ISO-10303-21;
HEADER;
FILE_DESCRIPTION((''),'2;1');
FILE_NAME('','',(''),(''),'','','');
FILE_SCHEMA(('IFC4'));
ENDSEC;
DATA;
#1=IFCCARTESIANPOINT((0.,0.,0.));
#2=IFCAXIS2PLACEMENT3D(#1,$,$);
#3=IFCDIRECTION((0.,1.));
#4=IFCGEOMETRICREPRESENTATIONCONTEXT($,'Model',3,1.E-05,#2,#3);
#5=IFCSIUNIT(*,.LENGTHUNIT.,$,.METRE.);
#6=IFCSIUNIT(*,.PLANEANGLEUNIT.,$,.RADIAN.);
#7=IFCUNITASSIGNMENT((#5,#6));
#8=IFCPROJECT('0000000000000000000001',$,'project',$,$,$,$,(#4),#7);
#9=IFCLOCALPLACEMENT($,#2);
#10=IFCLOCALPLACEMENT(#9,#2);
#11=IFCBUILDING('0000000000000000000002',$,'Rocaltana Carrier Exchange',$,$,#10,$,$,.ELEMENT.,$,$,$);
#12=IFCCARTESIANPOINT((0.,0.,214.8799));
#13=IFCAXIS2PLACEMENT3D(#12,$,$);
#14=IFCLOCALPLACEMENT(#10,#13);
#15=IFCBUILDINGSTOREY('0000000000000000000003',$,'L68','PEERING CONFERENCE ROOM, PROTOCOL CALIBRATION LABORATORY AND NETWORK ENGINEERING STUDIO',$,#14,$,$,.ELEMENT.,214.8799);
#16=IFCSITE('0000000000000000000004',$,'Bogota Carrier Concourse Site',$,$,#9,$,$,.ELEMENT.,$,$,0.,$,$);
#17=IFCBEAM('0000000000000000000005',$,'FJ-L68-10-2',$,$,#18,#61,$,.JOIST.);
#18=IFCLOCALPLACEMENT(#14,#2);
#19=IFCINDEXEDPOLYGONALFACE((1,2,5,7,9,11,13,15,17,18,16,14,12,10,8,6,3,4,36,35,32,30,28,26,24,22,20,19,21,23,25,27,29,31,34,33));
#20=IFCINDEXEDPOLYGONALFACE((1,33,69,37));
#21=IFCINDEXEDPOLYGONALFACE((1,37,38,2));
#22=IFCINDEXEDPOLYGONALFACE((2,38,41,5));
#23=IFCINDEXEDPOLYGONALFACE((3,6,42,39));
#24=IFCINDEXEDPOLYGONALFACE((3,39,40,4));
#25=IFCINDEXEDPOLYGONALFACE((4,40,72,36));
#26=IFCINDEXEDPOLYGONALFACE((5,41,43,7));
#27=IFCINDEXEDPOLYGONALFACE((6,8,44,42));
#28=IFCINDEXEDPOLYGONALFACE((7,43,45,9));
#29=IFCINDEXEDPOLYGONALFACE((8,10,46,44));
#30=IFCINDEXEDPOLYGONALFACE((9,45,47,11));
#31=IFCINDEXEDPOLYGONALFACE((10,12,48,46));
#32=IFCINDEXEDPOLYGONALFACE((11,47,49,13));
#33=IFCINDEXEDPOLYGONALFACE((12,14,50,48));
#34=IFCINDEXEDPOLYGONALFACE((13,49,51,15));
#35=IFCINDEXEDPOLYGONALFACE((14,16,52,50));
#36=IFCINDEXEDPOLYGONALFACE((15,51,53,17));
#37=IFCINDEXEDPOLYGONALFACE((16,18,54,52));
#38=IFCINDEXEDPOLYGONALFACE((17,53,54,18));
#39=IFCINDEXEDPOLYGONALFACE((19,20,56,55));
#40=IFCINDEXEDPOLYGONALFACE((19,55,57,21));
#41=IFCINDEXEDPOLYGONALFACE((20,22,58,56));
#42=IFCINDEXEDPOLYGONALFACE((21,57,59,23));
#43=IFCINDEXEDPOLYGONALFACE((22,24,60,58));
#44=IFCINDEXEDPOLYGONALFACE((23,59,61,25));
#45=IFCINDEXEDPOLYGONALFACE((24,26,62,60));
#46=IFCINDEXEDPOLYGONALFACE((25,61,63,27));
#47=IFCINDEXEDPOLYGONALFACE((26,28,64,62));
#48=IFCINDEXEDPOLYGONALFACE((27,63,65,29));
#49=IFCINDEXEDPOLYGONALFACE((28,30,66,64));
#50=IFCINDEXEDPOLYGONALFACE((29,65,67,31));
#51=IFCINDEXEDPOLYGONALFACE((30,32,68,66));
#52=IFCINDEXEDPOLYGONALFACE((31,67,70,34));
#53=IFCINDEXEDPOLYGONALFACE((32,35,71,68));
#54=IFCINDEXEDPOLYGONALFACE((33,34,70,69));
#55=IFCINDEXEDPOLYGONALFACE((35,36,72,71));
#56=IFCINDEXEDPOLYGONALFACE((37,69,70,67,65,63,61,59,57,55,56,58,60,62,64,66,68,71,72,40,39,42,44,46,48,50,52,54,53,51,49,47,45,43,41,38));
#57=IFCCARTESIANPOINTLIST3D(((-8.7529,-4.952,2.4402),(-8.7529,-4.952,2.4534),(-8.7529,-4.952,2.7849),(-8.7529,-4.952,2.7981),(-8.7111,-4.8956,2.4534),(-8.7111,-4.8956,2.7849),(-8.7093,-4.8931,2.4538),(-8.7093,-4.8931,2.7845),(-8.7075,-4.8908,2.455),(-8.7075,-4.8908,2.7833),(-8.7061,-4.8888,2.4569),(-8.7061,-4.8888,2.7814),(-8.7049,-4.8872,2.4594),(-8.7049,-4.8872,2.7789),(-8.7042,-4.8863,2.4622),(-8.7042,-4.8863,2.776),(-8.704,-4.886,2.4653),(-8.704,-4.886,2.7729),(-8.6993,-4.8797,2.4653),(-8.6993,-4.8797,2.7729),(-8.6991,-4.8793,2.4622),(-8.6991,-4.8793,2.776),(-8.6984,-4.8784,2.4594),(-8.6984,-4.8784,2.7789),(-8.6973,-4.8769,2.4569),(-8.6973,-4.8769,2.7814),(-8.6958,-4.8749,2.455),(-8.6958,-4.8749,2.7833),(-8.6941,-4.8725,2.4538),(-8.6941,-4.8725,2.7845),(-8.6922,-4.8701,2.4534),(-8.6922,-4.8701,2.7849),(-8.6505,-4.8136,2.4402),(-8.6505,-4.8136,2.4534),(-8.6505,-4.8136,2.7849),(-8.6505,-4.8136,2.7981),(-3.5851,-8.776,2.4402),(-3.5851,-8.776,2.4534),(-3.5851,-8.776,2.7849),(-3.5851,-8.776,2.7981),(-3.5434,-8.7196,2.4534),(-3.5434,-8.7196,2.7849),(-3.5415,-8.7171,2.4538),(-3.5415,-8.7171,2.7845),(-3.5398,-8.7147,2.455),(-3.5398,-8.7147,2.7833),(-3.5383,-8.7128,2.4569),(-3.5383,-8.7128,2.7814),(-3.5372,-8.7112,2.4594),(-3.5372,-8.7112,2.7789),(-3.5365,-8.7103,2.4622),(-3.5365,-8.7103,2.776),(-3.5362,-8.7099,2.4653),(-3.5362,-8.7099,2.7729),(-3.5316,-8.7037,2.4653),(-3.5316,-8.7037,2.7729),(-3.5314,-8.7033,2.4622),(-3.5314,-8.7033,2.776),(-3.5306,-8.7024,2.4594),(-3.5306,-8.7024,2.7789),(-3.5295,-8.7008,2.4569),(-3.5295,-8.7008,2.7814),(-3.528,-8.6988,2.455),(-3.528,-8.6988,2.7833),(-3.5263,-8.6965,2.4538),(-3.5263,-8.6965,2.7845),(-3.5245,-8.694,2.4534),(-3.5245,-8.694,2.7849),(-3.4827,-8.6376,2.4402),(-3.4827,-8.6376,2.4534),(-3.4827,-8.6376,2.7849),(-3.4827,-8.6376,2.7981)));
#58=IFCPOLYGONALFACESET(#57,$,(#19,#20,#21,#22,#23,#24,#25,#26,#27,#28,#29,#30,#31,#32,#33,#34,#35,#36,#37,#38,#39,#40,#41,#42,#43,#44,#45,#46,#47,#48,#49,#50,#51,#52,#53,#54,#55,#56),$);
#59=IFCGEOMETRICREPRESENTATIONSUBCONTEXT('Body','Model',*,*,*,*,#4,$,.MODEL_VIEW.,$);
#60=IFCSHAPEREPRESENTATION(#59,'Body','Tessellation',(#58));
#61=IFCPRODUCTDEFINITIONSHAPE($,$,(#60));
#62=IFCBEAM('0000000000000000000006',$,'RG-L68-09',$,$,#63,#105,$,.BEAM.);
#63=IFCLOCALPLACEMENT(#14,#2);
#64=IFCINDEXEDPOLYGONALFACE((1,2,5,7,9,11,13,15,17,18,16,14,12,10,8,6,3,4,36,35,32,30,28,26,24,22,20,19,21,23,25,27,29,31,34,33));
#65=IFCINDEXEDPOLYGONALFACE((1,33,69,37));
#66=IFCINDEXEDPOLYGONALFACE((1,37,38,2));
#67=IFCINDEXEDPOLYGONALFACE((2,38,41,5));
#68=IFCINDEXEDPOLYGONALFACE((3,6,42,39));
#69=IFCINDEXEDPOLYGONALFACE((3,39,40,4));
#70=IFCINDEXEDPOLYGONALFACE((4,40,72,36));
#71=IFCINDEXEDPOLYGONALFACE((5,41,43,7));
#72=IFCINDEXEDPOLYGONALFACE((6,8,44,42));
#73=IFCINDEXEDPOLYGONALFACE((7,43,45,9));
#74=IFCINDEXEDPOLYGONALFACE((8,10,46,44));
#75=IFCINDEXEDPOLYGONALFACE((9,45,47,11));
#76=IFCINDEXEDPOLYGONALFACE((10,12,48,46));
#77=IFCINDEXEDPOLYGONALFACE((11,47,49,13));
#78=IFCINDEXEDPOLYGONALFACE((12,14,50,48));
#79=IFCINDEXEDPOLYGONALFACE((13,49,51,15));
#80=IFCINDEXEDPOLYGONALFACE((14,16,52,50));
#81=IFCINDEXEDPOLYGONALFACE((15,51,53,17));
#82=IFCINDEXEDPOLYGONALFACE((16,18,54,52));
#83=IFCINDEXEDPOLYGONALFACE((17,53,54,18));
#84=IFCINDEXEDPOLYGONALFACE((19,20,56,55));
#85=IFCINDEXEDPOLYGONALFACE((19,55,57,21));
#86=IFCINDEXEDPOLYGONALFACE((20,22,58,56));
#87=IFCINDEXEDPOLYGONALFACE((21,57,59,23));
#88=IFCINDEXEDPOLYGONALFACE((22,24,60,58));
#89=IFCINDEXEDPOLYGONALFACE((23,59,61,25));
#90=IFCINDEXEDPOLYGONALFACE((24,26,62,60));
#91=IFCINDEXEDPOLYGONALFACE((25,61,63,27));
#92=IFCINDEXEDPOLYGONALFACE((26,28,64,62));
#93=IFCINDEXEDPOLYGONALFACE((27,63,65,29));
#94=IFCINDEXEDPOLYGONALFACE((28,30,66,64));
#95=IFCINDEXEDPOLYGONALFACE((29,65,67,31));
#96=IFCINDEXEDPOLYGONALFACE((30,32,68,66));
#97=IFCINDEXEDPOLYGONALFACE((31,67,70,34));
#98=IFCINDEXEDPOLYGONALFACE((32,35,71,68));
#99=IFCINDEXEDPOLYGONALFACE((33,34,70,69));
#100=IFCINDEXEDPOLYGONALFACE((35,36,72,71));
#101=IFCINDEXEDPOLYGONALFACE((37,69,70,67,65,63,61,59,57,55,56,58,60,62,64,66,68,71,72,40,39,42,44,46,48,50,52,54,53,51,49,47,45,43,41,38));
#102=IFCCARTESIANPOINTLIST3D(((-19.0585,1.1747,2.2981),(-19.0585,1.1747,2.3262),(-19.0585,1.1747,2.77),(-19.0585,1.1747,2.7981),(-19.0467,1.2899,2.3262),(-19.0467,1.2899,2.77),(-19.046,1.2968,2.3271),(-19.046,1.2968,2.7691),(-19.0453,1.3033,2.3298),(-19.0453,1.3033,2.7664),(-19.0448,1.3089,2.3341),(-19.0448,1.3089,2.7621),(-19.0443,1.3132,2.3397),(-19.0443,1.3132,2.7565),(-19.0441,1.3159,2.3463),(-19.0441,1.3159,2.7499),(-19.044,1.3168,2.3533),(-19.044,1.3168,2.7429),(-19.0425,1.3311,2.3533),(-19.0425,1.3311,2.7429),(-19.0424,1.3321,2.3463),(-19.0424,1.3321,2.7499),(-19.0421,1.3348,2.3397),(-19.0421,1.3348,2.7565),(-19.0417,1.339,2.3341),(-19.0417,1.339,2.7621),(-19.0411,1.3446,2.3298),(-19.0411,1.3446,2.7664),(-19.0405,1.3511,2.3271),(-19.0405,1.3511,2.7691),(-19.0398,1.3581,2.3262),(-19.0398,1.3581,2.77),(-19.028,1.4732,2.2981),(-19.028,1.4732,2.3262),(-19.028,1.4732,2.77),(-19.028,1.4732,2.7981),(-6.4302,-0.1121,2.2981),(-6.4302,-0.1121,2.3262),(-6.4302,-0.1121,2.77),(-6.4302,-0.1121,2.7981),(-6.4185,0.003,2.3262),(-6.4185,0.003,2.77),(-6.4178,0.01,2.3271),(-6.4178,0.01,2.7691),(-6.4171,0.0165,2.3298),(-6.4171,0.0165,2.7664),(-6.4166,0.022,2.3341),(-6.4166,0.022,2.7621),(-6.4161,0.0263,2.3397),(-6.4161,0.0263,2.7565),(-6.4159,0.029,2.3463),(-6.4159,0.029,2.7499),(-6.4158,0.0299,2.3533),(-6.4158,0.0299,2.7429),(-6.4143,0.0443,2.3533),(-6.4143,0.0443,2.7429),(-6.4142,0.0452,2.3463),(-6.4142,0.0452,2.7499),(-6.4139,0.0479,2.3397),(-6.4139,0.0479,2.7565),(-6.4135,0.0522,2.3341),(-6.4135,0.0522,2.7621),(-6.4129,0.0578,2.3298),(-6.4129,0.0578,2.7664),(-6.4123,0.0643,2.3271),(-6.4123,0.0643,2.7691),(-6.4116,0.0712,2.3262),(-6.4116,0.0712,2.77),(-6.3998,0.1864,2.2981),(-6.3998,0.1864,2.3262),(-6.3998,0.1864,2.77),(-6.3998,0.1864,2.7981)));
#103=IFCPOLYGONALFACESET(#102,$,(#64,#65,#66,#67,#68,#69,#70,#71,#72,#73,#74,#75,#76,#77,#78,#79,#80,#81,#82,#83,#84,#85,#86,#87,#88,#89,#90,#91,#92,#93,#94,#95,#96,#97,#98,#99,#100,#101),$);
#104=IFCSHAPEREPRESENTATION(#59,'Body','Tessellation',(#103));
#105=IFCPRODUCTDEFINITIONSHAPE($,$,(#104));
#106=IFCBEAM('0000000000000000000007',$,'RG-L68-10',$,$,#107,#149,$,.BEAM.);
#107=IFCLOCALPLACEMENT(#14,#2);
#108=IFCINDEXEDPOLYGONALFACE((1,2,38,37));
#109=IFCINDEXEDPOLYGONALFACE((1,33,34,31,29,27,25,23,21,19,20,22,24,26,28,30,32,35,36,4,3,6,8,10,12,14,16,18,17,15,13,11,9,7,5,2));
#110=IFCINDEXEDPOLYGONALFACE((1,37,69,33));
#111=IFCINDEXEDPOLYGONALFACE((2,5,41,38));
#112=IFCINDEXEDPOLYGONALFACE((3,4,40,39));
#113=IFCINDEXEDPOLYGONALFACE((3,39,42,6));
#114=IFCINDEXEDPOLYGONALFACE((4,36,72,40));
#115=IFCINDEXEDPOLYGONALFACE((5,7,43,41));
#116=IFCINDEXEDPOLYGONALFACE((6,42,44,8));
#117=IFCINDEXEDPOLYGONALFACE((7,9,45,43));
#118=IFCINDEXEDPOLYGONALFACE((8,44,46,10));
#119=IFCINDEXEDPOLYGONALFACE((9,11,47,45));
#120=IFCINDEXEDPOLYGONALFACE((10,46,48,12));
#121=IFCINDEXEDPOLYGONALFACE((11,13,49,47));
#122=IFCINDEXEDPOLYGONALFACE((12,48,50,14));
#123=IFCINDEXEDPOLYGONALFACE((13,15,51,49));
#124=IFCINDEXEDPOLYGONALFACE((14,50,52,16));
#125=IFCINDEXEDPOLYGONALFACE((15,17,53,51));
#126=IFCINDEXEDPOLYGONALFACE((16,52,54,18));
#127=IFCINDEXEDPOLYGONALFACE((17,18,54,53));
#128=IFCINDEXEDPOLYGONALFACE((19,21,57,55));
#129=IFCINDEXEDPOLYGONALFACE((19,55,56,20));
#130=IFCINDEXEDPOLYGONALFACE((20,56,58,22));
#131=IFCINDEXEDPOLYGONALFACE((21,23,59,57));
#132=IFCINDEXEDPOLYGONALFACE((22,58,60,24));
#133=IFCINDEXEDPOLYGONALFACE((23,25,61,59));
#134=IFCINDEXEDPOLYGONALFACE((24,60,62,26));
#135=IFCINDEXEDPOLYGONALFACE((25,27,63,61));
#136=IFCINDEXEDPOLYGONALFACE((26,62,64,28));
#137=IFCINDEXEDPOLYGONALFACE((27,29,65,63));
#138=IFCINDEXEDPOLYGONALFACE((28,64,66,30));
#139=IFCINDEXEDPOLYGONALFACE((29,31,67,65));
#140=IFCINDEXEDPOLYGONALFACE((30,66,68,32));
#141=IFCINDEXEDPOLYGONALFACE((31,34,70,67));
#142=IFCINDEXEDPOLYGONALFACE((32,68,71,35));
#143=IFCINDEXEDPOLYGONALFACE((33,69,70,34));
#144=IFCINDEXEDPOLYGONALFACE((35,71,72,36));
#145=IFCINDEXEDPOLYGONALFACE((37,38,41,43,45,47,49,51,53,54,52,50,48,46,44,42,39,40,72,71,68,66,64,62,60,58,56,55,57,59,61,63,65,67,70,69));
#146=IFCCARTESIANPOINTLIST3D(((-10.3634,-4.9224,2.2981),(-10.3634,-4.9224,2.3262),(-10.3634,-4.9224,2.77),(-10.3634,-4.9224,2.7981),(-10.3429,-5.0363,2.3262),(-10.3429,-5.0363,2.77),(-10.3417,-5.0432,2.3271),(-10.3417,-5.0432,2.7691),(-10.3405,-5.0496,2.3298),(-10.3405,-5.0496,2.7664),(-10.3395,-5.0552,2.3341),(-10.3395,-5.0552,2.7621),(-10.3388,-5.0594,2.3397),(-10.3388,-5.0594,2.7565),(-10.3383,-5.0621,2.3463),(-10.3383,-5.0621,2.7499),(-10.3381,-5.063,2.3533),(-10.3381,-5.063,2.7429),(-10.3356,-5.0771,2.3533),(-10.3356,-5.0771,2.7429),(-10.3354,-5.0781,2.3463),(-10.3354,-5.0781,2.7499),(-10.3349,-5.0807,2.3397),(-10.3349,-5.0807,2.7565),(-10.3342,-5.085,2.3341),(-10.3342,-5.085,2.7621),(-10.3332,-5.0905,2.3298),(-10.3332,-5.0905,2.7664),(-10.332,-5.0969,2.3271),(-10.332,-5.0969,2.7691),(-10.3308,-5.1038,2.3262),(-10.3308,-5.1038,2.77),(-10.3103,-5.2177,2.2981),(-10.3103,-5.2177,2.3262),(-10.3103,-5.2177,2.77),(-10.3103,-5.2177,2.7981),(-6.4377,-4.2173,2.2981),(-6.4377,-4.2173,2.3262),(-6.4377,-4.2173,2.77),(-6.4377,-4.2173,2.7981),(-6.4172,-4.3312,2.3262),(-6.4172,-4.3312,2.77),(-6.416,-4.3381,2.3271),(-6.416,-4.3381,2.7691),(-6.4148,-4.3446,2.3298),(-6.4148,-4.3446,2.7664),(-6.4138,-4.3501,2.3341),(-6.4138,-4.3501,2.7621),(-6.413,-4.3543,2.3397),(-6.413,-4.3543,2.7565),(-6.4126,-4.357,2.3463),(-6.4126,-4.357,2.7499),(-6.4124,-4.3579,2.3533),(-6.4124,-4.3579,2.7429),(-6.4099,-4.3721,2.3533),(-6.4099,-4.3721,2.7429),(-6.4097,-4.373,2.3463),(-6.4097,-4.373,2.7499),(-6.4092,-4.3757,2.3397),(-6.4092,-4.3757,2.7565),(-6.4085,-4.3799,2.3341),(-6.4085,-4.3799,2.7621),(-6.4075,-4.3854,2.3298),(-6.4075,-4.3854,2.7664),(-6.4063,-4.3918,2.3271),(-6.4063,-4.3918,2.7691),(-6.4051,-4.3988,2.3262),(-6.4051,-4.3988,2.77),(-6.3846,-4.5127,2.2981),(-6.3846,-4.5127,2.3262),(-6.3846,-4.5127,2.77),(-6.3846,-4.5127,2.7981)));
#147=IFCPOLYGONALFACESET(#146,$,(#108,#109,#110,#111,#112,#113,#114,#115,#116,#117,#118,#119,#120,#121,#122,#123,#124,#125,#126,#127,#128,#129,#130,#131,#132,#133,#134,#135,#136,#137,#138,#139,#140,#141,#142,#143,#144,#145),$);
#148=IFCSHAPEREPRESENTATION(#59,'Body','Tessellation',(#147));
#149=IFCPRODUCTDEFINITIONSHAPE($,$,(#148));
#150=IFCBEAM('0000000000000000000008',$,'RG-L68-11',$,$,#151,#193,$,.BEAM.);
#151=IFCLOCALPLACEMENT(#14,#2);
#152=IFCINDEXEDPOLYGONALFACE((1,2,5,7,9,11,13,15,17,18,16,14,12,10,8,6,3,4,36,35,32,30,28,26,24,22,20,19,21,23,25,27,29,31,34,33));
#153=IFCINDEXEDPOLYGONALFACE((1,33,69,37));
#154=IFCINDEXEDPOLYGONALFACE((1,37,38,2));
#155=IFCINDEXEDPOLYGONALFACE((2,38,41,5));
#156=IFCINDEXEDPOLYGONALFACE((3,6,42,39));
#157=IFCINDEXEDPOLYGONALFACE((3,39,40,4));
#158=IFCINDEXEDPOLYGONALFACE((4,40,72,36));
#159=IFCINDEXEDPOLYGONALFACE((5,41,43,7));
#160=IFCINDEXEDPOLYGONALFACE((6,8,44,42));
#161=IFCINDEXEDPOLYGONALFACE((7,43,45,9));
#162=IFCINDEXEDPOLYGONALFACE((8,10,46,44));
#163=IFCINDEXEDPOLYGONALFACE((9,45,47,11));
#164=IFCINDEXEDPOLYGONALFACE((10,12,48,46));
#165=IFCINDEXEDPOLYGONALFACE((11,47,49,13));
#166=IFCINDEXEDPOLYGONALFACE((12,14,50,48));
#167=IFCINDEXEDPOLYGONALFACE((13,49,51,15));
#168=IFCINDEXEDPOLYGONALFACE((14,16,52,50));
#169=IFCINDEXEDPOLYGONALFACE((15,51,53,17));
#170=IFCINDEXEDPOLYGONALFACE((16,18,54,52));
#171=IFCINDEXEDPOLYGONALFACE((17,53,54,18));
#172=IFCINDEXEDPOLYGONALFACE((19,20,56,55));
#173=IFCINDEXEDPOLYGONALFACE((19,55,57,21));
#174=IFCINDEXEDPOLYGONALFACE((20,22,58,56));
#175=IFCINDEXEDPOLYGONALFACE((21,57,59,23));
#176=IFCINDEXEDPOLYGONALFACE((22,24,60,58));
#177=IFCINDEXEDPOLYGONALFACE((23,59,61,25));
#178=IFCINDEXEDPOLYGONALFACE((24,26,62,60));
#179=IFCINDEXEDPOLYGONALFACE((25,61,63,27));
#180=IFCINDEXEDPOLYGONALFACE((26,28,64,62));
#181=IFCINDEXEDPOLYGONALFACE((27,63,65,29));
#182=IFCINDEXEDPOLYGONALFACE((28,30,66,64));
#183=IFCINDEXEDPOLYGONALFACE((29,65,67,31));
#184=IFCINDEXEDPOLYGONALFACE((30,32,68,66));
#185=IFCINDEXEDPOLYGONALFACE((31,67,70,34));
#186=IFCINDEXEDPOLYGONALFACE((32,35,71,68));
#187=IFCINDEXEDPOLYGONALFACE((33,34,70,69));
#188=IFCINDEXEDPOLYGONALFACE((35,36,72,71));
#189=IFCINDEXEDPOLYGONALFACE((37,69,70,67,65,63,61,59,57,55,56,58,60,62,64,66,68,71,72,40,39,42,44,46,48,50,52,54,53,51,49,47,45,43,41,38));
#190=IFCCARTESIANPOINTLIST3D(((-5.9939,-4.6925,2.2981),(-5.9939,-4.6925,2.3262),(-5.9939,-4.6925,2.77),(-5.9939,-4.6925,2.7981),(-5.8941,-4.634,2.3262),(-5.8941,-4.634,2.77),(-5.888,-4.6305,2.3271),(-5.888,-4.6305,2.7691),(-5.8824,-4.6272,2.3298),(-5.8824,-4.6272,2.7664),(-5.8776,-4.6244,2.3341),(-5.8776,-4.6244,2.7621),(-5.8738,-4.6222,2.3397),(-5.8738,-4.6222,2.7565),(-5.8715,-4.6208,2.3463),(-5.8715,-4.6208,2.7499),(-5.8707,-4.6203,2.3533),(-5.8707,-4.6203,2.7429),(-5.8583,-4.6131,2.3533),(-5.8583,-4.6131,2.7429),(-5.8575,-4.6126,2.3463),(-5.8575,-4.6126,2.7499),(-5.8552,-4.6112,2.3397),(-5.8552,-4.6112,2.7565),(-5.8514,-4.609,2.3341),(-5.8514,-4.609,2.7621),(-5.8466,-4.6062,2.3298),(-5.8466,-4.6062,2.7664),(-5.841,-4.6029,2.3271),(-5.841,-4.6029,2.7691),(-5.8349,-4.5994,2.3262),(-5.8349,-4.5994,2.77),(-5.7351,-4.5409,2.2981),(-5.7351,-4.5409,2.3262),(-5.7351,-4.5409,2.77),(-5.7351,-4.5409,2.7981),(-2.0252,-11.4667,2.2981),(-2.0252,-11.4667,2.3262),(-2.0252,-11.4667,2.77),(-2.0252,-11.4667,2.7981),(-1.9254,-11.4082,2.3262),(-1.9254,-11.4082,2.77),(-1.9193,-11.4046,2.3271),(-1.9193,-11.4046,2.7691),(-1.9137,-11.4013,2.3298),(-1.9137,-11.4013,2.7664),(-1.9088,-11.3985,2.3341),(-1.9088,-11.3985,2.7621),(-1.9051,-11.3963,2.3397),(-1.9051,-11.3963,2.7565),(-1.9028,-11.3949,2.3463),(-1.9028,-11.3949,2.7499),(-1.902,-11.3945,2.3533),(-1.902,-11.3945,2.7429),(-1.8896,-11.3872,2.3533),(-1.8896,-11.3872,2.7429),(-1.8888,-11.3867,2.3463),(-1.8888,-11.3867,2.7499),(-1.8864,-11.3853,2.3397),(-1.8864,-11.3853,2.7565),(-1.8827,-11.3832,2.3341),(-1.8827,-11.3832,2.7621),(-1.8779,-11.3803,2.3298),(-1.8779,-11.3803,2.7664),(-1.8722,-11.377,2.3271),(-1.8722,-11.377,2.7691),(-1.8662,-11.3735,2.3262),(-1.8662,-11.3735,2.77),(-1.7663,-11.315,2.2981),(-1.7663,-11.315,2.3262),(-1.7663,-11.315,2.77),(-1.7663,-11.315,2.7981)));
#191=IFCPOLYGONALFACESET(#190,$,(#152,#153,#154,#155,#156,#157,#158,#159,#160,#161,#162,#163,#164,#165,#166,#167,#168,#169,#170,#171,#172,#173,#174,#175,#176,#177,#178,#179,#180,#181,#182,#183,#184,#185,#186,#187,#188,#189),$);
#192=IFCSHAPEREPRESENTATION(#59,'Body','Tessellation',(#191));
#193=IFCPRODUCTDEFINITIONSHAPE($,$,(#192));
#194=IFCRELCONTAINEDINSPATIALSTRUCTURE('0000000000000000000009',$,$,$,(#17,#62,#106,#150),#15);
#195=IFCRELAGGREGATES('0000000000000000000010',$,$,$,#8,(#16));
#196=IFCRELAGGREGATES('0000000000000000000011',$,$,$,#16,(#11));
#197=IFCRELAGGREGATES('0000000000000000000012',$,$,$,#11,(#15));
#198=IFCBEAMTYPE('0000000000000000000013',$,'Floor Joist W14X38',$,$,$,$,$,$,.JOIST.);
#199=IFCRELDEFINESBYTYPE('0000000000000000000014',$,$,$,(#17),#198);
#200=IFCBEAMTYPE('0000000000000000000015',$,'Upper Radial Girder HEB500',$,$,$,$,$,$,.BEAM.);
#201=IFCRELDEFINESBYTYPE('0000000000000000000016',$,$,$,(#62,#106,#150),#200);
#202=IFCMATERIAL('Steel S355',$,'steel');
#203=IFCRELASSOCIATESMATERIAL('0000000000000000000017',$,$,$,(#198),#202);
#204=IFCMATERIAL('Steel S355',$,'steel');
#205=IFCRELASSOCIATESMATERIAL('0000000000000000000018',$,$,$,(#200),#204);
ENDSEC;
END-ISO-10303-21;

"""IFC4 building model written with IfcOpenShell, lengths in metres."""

from ifc_helpers import new_model, si_unit, direction, frame, origin, origin_2d, place, context, subcontext, project, spatial, i_section, extrude, material, material_profile, profile_set, type_object, element, save


model = new_model("IFC4")

# Units and contexts
model_context = context("Model", 3, precision=1e-05, world=origin(), true_north=direction((0.0, 1.0)))
body_context = subcontext(model_context, "Body", "Model", "MODEL_VIEW")
ifc_project = project(units=[si_unit("LENGTHUNIT", "METRE"), si_unit("PLANEANGLEUNIT", "RADIAN")], contexts=[model_context])

# Site, building, storey
site_placement = place(None, origin())
site = spatial("IfcSite", under=ifc_project, at=site_placement, Name="Bogota Carrier Concourse Site", CompositionType="ELEMENT", RefElevation=0.0)
building_placement = place(site_placement, origin())
building = spatial("IfcBuilding", under=site, at=building_placement, Name="Rocaltana Carrier Exchange", CompositionType="ELEMENT")
storey_placement = place(building_placement, frame((0.0, 0.0, 214.8799)))
storey = spatial("IfcBuildingStorey", under=building, at=storey_placement, Name="L68", Description="PEERING CONFERENCE ROOM, PROTOCOL CALIBRATION LABORATORY AND NETWORK ENGINEERING STUDIO", CompositionType="ELEMENT", Elevation=214.8799)

# Beams
ifc_material_1 = material(Name="Steel S355", Category="steel")
ifc_material_profile_1 = material_profile(ifc_material_1, i_section(OverallWidth=0.1721, OverallDepth=0.3579, WebThickness=0.0078, FlangeThickness=0.0132, FilletRadius=0.012, at=origin_2d()), Name="W14X38")
ifc_profile_set_1 = profile_set([ifc_material_profile_1], Name="Steel S355")
beam_type_1 = type_object("IfcBeamType", Name="Floor Joist W14X38", PredefinedType="JOIST", material=ifc_profile_set_1)
beam_1_placement = place(storey_placement, frame((-8.7017, -4.8828, 2.6191), z_axis=(0.803852, -0.594829, 0.0), x_axis=(0.594829, 0.803852, 0.0)))
element("IfcBeam", 1, at=beam_1_placement, inside=storey, type_object=beam_type_1, Name="FJ-L68-10-2", PredefinedType="JOIST", context=body_context, shape_type="SweptSolid", body=[
    extrude(i_section(OverallWidth=0.1721, OverallDepth=0.3579, WebThickness=0.0078, FlangeThickness=0.0132, FilletRadius=0.012, at=origin_2d()), origin(), (0.0, 0.0, 1.0), 6.4287),
])
ifc_material_2 = material(Name="Steel S355", Category="steel")
ifc_material_profile_2 = material_profile(ifc_material_2, i_section(OverallWidth=0.3, OverallDepth=0.5, WebThickness=0.0144, FlangeThickness=0.0281, FilletRadius=0.0271, at=origin_2d()), Name="HEB500")
ifc_profile_set_2 = profile_set([ifc_material_profile_2], Name="Steel S355")
beam_type_2 = type_object("IfcBeamType", Name="Upper Radial Girder HEB500", PredefinedType="BEAM", material=ifc_profile_set_2)
beam_2_placement = place(storey_placement, frame((-6.415, 0.0371, 2.5481), z_axis=(-0.994848, 0.101379, 0.0), x_axis=(-0.101379, -0.994848, 0.0)))
element("IfcBeam", 2, at=beam_2_placement, inside=storey, type_object=beam_type_2, Name="RG-L68-09", PredefinedType="BEAM", context=body_context, shape_type="SweptSolid", body=[
    extrude(i_section(OverallWidth=0.3, OverallDepth=0.5, WebThickness=0.0144, FlangeThickness=0.0281, FilletRadius=0.0271, at=origin_2d()), origin(), (0.0, 0.0, 1.0), 12.6936),
])
beam_3_placement = place(storey_placement, frame((-6.4111, -4.365, 2.5481), z_axis=(-0.984252, -0.176774, 0.0), x_axis=(0.176774, -0.984252, 0.0)))
element("IfcBeam", 3, at=beam_3_placement, inside=storey, type_object=beam_type_2, Name="RG-L68-10", PredefinedType="BEAM", context=body_context, shape_type="SweptSolid", body=[
    extrude(i_section(OverallWidth=0.3, OverallDepth=0.5, WebThickness=0.0144, FlangeThickness=0.0281, FilletRadius=0.0271, at=origin_2d()), origin(), (0.0, 0.0, 1.0), 3.9885),
])
beam_4_placement = place(storey_placement, frame((-5.8645, -4.6167, 2.5481), z_axis=(0.5055, -0.862827, 0.0), x_axis=(0.862827, 0.5055, 0.0)))
element("IfcBeam", 4, at=beam_4_placement, inside=storey, type_object=beam_type_2, Name="RG-L68-11", PredefinedType="BEAM", context=body_context, shape_type="SweptSolid", body=[
    extrude(i_section(OverallWidth=0.3, OverallDepth=0.5, WebThickness=0.0144, FlangeThickness=0.0281, FilletRadius=0.0271, at=origin_2d()), origin(), (0.0, 0.0, 1.0), 7.8511),
])

save(model, "model.ifc")
